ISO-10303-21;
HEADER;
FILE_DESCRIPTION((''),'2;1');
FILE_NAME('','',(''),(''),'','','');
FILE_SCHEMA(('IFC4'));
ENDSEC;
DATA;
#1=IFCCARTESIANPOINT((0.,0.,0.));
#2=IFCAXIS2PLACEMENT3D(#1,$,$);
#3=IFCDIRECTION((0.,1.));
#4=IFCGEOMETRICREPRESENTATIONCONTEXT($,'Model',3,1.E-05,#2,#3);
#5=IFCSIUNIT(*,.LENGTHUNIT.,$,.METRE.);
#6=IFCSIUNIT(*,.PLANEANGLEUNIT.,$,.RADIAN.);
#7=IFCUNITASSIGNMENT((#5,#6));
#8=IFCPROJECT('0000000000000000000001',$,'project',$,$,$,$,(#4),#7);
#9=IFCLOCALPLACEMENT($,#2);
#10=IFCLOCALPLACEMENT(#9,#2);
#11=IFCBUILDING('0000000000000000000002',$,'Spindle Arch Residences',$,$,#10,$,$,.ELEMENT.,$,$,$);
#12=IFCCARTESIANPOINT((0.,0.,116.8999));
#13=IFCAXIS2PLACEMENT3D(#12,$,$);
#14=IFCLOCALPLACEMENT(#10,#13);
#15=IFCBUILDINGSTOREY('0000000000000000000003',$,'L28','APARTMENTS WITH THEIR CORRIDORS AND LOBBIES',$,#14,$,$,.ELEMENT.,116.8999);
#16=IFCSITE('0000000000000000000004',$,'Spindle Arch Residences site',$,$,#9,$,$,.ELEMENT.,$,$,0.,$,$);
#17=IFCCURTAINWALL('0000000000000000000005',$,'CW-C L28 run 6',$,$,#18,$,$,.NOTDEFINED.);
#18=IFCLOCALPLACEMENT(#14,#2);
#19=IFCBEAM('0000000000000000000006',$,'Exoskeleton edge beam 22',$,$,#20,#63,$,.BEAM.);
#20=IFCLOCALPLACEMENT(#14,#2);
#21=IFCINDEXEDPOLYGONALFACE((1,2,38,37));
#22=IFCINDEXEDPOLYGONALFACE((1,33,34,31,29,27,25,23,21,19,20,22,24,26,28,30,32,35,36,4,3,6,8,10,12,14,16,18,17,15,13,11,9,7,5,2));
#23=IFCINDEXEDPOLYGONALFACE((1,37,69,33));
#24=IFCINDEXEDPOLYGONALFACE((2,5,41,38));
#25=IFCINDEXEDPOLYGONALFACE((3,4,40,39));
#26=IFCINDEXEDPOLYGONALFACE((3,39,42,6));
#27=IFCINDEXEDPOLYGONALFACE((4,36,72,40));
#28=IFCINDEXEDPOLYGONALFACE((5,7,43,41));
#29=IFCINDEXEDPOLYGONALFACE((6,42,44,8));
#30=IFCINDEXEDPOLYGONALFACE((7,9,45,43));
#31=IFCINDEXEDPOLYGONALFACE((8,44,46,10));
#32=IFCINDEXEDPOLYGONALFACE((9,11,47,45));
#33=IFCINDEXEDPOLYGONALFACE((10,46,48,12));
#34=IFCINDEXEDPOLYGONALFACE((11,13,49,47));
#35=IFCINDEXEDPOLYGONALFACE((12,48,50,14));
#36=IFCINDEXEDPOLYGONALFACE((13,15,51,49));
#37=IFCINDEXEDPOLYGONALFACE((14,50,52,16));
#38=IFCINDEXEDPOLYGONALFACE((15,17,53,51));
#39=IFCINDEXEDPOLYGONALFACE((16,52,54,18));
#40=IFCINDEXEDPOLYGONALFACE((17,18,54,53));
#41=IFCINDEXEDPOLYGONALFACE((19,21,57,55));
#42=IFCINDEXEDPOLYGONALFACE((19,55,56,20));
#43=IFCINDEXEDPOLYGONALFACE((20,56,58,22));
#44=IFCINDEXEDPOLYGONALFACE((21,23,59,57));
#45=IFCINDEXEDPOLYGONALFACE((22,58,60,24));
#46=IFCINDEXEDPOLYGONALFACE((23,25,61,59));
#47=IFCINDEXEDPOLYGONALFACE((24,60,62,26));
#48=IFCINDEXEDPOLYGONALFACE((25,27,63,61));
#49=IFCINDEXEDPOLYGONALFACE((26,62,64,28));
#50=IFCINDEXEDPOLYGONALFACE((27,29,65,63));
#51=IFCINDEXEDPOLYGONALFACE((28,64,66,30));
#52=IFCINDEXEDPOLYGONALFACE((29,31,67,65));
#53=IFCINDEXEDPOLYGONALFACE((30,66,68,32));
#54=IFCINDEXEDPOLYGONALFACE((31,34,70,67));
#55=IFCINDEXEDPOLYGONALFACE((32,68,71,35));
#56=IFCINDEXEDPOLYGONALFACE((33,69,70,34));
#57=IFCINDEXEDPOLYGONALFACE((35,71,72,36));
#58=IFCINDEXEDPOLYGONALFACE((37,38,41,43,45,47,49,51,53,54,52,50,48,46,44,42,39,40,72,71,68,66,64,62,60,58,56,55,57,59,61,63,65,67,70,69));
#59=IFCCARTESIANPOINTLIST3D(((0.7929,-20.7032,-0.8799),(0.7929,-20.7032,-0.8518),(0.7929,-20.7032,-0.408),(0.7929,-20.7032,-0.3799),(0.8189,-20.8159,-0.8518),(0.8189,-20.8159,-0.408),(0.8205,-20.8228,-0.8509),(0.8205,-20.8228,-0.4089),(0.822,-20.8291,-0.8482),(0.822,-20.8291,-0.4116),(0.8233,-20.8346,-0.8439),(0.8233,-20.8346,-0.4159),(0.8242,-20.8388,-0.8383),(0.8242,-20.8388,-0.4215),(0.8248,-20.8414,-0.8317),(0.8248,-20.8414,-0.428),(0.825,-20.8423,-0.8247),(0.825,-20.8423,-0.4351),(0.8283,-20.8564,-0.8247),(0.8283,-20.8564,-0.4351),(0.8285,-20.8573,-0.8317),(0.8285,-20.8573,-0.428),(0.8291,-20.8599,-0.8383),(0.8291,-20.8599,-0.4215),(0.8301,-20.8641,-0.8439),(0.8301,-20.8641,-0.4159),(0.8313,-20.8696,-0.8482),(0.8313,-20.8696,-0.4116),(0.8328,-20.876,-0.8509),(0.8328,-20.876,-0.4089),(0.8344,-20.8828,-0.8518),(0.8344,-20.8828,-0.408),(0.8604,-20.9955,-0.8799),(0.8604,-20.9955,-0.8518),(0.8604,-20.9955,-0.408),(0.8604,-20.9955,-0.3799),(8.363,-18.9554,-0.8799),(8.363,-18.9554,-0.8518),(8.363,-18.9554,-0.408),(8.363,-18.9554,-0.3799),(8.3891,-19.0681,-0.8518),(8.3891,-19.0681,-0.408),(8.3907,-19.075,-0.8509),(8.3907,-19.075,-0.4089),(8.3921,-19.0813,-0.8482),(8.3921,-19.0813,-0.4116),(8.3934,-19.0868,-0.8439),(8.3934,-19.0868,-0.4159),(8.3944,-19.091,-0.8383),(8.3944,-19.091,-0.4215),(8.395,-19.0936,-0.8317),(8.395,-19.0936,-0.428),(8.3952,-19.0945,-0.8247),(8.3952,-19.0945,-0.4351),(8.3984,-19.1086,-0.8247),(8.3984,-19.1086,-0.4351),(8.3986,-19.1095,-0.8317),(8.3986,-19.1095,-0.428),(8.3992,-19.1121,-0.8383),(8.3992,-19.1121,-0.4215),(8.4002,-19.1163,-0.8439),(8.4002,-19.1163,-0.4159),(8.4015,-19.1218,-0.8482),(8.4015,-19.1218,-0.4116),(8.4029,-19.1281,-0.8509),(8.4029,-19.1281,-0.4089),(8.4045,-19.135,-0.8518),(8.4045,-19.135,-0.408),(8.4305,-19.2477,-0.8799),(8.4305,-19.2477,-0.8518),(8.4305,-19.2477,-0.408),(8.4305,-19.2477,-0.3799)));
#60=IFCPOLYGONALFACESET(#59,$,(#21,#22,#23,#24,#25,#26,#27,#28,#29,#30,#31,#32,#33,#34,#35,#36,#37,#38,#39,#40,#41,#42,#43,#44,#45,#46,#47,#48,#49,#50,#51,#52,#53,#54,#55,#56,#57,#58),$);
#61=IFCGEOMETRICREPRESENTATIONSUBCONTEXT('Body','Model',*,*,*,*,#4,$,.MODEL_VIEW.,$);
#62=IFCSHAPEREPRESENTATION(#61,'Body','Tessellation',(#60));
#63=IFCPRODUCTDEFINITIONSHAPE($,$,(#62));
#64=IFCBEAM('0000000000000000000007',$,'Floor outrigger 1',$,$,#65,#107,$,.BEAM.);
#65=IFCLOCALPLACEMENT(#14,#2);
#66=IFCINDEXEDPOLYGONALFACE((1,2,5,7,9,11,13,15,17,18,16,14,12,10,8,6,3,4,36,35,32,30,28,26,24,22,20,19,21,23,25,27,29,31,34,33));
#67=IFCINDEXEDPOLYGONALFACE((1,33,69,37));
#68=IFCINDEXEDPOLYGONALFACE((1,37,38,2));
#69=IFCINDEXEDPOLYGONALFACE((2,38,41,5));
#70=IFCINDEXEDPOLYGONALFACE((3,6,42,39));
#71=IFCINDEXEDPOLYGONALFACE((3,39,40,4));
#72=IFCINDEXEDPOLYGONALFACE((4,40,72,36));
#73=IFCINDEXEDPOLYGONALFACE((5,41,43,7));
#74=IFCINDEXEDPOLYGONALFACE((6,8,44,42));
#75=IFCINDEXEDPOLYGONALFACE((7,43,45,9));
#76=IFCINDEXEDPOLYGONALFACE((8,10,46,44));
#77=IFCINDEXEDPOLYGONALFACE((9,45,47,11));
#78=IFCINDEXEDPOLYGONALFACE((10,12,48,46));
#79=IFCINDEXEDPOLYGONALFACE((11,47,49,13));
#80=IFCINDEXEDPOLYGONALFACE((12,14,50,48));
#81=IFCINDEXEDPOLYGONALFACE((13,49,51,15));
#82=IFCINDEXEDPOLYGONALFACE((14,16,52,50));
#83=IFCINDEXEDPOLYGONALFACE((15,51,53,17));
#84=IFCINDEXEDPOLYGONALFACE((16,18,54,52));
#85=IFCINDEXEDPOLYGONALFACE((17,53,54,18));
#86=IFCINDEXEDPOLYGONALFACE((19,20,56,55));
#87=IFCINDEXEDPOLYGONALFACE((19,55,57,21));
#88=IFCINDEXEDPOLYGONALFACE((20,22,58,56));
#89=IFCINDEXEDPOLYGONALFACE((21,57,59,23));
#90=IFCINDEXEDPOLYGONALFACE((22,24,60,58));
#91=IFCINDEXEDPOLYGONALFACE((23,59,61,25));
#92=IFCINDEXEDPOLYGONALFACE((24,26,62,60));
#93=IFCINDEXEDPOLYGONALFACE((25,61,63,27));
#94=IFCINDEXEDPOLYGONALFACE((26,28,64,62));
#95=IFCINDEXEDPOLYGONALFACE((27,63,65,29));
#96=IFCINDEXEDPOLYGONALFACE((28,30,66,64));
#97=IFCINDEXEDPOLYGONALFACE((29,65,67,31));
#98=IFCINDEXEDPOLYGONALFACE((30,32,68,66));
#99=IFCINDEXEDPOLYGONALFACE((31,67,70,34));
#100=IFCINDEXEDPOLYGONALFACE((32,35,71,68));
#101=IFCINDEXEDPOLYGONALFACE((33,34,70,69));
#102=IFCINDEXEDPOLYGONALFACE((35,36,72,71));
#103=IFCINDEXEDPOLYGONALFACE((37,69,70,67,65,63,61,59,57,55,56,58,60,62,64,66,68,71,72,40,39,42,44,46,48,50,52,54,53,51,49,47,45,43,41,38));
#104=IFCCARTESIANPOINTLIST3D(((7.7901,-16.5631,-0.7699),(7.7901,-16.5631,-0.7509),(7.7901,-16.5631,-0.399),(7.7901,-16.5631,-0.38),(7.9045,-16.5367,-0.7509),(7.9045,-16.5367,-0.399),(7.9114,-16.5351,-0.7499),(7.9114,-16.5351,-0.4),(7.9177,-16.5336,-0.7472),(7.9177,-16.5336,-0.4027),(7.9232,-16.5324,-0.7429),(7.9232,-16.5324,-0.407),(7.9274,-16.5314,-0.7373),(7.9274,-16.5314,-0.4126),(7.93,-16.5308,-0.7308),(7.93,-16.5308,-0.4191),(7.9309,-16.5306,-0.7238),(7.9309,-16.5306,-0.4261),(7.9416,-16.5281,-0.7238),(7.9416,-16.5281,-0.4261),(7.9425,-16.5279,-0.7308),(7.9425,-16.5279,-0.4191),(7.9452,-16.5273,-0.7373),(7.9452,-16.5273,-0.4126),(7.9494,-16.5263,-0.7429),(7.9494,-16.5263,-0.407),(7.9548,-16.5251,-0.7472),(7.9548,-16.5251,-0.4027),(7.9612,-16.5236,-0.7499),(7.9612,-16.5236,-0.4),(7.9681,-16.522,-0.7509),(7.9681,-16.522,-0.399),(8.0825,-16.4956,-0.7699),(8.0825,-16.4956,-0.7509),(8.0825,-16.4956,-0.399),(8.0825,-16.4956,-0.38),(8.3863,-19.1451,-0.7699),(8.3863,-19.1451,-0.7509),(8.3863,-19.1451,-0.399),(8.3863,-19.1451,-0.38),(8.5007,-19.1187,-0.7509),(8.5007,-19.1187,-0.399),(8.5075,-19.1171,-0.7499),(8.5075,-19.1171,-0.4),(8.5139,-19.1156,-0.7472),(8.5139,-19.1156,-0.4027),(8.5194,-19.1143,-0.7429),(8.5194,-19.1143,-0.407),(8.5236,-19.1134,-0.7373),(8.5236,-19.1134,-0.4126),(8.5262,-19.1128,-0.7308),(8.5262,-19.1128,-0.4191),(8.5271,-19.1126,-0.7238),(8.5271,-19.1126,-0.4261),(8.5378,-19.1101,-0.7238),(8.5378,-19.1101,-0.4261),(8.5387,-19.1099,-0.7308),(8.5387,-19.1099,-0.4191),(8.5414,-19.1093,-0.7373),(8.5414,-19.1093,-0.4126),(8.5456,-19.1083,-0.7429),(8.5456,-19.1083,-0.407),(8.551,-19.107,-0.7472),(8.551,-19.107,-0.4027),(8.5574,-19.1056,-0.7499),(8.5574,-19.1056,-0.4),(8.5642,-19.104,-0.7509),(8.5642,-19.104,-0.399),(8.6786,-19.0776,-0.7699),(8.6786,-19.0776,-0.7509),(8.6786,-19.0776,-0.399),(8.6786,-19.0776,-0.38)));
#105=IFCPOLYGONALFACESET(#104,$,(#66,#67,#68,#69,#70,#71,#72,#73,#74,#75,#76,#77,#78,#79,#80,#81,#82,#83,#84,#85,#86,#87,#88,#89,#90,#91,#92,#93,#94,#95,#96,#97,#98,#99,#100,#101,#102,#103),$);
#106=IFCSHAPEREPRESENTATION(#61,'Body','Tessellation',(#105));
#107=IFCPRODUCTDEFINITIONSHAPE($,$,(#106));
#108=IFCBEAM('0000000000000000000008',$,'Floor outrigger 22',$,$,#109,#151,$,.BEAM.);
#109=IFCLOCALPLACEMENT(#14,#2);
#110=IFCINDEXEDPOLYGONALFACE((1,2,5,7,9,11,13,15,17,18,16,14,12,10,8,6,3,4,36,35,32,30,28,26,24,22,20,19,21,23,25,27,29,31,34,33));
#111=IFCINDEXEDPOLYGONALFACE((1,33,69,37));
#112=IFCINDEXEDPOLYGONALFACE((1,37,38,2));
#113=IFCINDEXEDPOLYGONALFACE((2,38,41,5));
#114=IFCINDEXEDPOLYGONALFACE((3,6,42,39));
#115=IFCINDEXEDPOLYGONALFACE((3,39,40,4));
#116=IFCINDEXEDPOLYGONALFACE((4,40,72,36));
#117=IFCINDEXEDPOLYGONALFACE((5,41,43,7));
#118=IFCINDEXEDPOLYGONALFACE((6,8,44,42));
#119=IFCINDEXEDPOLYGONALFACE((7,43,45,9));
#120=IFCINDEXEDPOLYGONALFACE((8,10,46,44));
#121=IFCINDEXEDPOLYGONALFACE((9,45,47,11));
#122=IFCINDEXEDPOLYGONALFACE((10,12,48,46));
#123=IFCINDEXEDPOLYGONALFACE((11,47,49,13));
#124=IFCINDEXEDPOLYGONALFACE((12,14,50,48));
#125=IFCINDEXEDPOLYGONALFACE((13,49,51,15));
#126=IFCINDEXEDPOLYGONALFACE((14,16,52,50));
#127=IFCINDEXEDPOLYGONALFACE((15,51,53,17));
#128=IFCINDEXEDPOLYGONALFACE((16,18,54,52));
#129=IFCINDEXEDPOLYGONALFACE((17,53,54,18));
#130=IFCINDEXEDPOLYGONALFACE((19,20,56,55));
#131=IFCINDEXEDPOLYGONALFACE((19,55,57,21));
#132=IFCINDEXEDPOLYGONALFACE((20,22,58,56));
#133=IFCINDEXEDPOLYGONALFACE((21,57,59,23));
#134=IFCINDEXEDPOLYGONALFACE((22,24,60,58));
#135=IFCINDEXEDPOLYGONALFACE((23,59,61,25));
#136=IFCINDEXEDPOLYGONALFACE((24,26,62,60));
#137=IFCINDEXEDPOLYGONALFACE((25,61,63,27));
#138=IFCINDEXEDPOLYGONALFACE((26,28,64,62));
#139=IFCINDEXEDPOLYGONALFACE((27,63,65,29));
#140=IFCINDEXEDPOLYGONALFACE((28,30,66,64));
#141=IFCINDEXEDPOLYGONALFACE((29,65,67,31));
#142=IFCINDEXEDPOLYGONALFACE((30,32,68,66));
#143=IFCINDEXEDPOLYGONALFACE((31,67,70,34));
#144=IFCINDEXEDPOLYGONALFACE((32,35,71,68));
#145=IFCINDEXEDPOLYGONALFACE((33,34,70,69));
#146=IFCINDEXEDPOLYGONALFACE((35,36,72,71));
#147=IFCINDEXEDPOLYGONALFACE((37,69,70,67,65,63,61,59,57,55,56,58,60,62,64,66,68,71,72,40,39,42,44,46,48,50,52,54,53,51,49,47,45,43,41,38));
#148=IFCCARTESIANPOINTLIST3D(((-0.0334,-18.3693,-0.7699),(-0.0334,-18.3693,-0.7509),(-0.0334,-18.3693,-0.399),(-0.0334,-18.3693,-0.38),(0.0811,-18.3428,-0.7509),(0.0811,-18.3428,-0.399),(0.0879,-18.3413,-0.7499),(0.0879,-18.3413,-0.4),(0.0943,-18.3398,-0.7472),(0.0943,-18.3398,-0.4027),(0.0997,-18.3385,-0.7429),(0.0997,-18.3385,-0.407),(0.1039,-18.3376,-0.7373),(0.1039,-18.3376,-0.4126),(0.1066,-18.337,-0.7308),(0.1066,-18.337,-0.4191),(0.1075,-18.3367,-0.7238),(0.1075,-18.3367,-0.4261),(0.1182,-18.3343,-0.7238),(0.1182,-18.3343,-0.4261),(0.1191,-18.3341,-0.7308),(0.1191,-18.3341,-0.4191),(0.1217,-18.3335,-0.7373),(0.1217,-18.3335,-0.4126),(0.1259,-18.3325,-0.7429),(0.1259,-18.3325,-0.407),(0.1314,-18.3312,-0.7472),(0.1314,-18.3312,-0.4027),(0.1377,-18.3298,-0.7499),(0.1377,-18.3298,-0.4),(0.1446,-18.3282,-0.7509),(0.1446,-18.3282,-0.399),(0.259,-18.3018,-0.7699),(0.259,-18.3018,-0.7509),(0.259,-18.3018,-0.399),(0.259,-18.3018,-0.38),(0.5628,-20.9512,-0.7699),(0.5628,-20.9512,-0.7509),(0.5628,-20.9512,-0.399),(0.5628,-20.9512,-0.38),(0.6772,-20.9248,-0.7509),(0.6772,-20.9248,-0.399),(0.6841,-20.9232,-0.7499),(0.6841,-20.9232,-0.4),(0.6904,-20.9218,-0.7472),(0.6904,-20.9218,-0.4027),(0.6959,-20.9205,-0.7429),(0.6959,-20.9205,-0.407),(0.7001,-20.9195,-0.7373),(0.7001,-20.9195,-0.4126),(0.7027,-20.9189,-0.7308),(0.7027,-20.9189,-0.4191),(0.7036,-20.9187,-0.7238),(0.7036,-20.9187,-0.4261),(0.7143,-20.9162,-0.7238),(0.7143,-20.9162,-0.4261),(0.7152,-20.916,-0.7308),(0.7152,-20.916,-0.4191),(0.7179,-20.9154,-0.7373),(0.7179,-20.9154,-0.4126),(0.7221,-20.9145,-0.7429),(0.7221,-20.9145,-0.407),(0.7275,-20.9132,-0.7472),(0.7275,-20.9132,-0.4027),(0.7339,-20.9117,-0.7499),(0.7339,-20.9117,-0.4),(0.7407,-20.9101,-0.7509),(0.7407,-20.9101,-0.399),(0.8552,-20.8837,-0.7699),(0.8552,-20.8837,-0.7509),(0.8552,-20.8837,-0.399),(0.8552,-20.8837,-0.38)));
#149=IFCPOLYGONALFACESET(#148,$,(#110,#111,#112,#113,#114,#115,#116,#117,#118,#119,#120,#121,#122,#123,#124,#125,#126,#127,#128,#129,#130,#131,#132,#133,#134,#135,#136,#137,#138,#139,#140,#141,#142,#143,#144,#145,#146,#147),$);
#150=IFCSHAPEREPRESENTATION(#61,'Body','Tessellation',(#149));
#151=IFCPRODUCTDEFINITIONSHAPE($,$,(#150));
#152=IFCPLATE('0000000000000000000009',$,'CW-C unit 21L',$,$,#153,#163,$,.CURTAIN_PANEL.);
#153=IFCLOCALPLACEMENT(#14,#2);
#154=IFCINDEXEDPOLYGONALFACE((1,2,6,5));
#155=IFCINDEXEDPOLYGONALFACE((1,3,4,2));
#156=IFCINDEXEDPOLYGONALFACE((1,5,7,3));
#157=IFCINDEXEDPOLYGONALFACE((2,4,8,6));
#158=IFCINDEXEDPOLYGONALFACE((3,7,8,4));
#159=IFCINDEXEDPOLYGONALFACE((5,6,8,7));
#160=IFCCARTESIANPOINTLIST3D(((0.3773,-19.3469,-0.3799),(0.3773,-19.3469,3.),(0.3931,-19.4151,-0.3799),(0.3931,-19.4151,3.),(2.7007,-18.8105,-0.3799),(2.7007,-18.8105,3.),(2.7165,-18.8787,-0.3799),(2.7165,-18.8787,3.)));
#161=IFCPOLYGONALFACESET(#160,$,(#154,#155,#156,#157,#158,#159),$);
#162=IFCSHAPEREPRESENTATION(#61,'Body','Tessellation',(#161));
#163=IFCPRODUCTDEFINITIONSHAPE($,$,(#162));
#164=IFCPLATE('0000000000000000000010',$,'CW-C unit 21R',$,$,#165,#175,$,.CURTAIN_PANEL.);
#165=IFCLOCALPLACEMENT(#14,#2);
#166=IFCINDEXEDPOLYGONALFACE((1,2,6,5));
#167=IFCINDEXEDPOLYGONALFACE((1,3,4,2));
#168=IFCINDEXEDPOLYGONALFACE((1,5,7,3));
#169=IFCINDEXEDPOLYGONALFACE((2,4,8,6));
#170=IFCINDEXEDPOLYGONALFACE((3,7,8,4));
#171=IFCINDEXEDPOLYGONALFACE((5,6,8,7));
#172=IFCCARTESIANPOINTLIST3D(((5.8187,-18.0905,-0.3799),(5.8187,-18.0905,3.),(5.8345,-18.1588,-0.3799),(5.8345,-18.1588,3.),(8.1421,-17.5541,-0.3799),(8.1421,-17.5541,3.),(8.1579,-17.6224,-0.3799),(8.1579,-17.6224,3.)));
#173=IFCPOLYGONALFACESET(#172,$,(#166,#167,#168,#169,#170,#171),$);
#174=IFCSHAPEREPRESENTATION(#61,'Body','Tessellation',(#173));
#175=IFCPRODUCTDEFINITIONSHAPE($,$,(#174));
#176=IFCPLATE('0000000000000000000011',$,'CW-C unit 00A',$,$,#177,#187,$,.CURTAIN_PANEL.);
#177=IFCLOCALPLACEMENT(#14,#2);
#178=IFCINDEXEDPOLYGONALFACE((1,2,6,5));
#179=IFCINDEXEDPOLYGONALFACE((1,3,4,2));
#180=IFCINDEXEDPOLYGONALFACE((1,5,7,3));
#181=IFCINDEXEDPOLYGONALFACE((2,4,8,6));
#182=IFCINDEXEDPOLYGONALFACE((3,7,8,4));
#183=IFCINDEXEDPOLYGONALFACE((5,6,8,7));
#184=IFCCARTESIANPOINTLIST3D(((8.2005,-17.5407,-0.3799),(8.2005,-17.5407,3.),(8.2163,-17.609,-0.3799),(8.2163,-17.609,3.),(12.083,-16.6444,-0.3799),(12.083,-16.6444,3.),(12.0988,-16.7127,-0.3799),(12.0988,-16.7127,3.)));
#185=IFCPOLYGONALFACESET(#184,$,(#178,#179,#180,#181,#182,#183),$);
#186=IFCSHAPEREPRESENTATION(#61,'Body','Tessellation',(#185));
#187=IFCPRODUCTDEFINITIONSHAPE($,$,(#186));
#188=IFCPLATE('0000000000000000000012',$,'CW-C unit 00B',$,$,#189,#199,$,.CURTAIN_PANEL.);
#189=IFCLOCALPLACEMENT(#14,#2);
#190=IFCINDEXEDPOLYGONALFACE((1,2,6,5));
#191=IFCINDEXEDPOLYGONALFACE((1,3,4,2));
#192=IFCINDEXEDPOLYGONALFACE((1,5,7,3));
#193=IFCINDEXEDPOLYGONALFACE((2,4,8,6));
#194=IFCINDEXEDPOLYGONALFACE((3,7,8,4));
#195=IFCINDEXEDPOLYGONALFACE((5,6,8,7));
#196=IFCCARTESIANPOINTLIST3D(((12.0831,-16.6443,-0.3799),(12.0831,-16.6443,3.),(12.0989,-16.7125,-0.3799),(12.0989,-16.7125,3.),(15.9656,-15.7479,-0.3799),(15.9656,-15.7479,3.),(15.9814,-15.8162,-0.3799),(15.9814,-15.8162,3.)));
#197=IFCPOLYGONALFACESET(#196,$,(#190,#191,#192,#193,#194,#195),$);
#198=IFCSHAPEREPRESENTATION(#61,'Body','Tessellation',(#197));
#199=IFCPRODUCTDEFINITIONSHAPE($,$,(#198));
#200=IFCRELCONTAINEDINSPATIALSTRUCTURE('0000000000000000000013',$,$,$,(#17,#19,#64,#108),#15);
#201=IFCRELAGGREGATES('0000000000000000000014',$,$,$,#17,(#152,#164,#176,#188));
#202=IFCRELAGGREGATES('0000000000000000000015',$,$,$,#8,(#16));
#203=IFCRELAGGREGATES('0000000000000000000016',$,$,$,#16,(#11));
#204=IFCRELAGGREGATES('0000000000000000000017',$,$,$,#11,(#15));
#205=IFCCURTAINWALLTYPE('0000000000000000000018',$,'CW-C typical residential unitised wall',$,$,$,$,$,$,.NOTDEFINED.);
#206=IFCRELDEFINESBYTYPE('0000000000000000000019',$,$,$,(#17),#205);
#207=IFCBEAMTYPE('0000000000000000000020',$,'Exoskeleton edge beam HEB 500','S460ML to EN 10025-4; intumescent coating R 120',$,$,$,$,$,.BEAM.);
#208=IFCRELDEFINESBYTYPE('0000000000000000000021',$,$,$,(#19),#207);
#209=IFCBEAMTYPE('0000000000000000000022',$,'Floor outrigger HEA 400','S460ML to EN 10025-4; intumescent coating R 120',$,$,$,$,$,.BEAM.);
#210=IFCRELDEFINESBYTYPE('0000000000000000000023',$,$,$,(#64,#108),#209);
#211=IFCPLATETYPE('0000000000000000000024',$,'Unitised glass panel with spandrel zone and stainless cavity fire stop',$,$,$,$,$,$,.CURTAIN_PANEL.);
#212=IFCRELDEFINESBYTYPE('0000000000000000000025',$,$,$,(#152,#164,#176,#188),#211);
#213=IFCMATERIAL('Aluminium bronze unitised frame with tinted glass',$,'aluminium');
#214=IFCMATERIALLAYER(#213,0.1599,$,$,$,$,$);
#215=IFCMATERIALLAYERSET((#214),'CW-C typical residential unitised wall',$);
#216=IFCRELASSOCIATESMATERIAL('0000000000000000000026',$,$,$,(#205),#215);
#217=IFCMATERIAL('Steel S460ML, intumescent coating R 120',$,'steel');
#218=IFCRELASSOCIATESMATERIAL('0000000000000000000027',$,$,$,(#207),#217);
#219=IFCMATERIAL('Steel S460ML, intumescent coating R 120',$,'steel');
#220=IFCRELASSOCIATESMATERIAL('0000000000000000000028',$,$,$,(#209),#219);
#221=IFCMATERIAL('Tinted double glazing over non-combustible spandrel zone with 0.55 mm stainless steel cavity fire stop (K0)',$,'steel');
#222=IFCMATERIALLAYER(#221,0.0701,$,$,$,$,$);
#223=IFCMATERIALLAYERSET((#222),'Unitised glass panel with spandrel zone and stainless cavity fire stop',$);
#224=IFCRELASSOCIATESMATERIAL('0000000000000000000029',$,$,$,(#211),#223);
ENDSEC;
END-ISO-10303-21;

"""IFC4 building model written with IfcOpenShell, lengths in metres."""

from ifc_helpers import new_model, si_unit, direction, frame, origin, origin_2d, place, context, subcontext, project, spatial, rectangle, i_section, extrude, material, layer, layer_set, material_profile, profile_set, type_object, element, aggregate, save


model = new_model("IFC4")

# Units and contexts
model_context = context("Model", 3, precision=1e-05, world=origin(), true_north=direction((0.0, 1.0)))
body_context = subcontext(model_context, "Body", "Model", "MODEL_VIEW")
ifc_project = project(units=[si_unit("LENGTHUNIT", "METRE"), si_unit("PLANEANGLEUNIT", "RADIAN")], contexts=[model_context])

# Site, building, storey
site_placement = place(None, origin())
site = spatial("IfcSite", under=ifc_project, at=site_placement, Name="Spindle Arch Residences site", CompositionType="ELEMENT", RefElevation=0.0)
building_placement = place(site_placement, origin())
building = spatial("IfcBuilding", under=site, at=building_placement, Name="Spindle Arch Residences", CompositionType="ELEMENT")
storey_placement = place(building_placement, frame((0.0, 0.0, 116.8999)))
storey = spatial("IfcBuildingStorey", under=building, at=storey_placement, Name="L28", Description="APARTMENTS WITH THEIR CORRIDORS AND LOBBIES", CompositionType="ELEMENT", Elevation=116.8999)

# Curtain wall
ifc_material_1 = material(Name="Aluminium bronze unitised frame with tinted glass", Category="aluminium")
ifc_layer_1 = layer(ifc_material_1, 0.1599)
ifc_layer_set_1 = layer_set([ifc_layer_1], Name="CW-C typical residential unitised wall")
curtain_wall_type_1 = type_object("IfcCurtainWallType", Name="CW-C typical residential unitised wall", PredefinedType="NOTDEFINED", material=ifc_layer_set_1)
curtain_wall_1_placement = place(storey_placement, origin())
curtain_wall_1 = element("IfcCurtainWall", 1, at=curtain_wall_1_placement, inside=storey, type_object=curtain_wall_type_1, Name="CW-C L28 run 6", PredefinedType="NOTDEFINED")

# Beams
ifc_material_2 = material(Name="Steel S460ML, intumescent coating R 120", Category="steel")
ifc_material_profile_1 = material_profile(ifc_material_2, i_section(OverallWidth=0.3, OverallDepth=0.5, WebThickness=0.0144, FlangeThickness=0.0281, FilletRadius=0.0271, at=origin_2d()), Name="HEB 500")
ifc_profile_set_1 = profile_set([ifc_material_profile_1], Name="Steel S460ML, intumescent coating R 120")
beam_type_1 = type_object("IfcBeamType", Name="Exoskeleton edge beam HEB 500", Description="S460ML to EN 10025-4; intumescent coating R 120", PredefinedType="BEAM", material=ifc_profile_set_1)
beam_1_placement = place(storey_placement, frame((0.8267, -20.8494, -0.6299), z_axis=(0.974367, 0.224965, 0.0), x_axis=(-0.224965, 0.974367, 0.0)))
element("IfcBeam", 2, at=beam_1_placement, inside=storey, type_object=beam_type_1, Name="Exoskeleton edge beam 22", PredefinedType="BEAM", context=body_context, shape_type="SweptSolid", body=[
    extrude(i_section(OverallWidth=0.3, OverallDepth=0.5, WebThickness=0.0144, FlangeThickness=0.0281, FilletRadius=0.0271, at=origin_2d()), origin(), (0.0, 0.0, 1.0), 7.7693),
])
ifc_material_3 = material(Name="Steel S460ML, intumescent coating R 120", Category="steel")
ifc_material_profile_2 = material_profile(ifc_material_3, i_section(OverallWidth=0.3, OverallDepth=0.3899, WebThickness=0.011, FlangeThickness=0.019, FilletRadius=0.0271, at=origin_2d()), Name="HEA 400")
ifc_profile_set_2 = profile_set([ifc_material_profile_2], Name="Steel S460ML, intumescent coating R 120")
beam_type_2 = type_object("IfcBeamType", Name="Floor outrigger HEA 400", Description="S460ML to EN 10025-4; intumescent coating R 120", PredefinedType="BEAM", material=ifc_profile_set_2)
for number, where, z_axis, x_axis, name in (
    (3, (8.5325, -19.1113, -0.575), (-0.224981, 0.974363, 0.0), (-0.974363, -0.224981, 0.0), "Floor outrigger 1"),
    (4, (0.709, -20.9175, -0.575), (-0.224981, 0.974363, 0.0), (-0.974363, -0.224981, 0.0), "Floor outrigger 22"),
):
    element("IfcBeam", number, at=place(storey_placement, frame(where, z_axis=z_axis, x_axis=x_axis)), inside=storey, type_object=beam_type_2, Name=name, PredefinedType="BEAM", context=body_context, shape_type="SweptSolid", body=[
        extrude(i_section(OverallWidth=0.3, OverallDepth=0.3899, WebThickness=0.011, FlangeThickness=0.019, FilletRadius=0.0271, at=origin_2d()), origin(), (0.0, 0.0, 1.0), 2.6499),
    ])

# Plates
ifc_material_4 = material(Name="Tinted double glazing over non-combustible spandrel zone with 0.55 mm stainless steel cavity fire stop (K0)", Category="steel")
ifc_layer_2 = layer(ifc_material_4, 0.0701)
ifc_layer_set_2 = layer_set([ifc_layer_2], Name="Unitised glass panel with spandrel zone and stainless cavity fire stop")
plate_type = type_object("IfcPlateType", Name="Unitised glass panel with spandrel zone and stainless cavity fire stop", PredefinedType="CURTAIN_PANEL", material=ifc_layer_set_2)
plate_1_placement = place(storey_placement, frame((1.5469, -19.1128, -0.3799), z_axis=(0.0, 0.0, 1.0), x_axis=(0.97437, 0.224951, 0.0)))
plate_1 = element("IfcPlate", 5, at=plate_1_placement, type_object=plate_type, Name="CW-C unit 21L", PredefinedType="CURTAIN_PANEL", context=body_context, shape_type="SweptSolid", body=[
    extrude(rectangle(XDim=2.3845, YDim=0.0701, at=origin_2d()), origin(), (0.0, 0.0, 1.0), 3.3799),
])
plate_2_placement = place(storey_placement, frame((6.9883, -17.8564, -0.3799), z_axis=(0.0, 0.0, 1.0), x_axis=(0.97437, 0.224951, 0.0)))
plate_2 = element("IfcPlate", 6, at=plate_2_placement, type_object=plate_type, Name="CW-C unit 21R", PredefinedType="CURTAIN_PANEL", context=body_context, shape_type="SweptSolid", body=[
    extrude(rectangle(XDim=2.3845, YDim=0.0701, at=origin_2d()), origin(), (0.0, 0.0, 1.0), 3.3799),
])
plate_3_placement = place(storey_placement, frame((10.1497, -17.1267, -0.3799), z_axis=(0.0, 0.0, 1.0), x_axis=(0.97437, 0.224951, 0.0)))
plate_3 = element("IfcPlate", 7, at=plate_3_placement, type_object=plate_type, Name="CW-C unit 00A", PredefinedType="CURTAIN_PANEL", context=body_context, shape_type="SweptSolid", body=[
    extrude(rectangle(XDim=3.9846, YDim=0.0701, at=origin_2d()), origin(), (0.0, 0.0, 1.0), 3.3799),
])
plate_4_placement = place(storey_placement, frame((14.0322, -16.2302, -0.3799), z_axis=(0.0, 0.0, 1.0), x_axis=(0.97437, 0.224951, 0.0)))
plate_4 = element("IfcPlate", 8, at=plate_4_placement, type_object=plate_type, Name="CW-C unit 00B", PredefinedType="CURTAIN_PANEL", context=body_context, shape_type="SweptSolid", body=[
    extrude(rectangle(XDim=3.9846, YDim=0.0701, at=origin_2d()), origin(), (0.0, 0.0, 1.0), 3.3799),
])
aggregate(curtain_wall_1, [plate_1, plate_2, plate_3, plate_4])

save(model, "model.ifc")
